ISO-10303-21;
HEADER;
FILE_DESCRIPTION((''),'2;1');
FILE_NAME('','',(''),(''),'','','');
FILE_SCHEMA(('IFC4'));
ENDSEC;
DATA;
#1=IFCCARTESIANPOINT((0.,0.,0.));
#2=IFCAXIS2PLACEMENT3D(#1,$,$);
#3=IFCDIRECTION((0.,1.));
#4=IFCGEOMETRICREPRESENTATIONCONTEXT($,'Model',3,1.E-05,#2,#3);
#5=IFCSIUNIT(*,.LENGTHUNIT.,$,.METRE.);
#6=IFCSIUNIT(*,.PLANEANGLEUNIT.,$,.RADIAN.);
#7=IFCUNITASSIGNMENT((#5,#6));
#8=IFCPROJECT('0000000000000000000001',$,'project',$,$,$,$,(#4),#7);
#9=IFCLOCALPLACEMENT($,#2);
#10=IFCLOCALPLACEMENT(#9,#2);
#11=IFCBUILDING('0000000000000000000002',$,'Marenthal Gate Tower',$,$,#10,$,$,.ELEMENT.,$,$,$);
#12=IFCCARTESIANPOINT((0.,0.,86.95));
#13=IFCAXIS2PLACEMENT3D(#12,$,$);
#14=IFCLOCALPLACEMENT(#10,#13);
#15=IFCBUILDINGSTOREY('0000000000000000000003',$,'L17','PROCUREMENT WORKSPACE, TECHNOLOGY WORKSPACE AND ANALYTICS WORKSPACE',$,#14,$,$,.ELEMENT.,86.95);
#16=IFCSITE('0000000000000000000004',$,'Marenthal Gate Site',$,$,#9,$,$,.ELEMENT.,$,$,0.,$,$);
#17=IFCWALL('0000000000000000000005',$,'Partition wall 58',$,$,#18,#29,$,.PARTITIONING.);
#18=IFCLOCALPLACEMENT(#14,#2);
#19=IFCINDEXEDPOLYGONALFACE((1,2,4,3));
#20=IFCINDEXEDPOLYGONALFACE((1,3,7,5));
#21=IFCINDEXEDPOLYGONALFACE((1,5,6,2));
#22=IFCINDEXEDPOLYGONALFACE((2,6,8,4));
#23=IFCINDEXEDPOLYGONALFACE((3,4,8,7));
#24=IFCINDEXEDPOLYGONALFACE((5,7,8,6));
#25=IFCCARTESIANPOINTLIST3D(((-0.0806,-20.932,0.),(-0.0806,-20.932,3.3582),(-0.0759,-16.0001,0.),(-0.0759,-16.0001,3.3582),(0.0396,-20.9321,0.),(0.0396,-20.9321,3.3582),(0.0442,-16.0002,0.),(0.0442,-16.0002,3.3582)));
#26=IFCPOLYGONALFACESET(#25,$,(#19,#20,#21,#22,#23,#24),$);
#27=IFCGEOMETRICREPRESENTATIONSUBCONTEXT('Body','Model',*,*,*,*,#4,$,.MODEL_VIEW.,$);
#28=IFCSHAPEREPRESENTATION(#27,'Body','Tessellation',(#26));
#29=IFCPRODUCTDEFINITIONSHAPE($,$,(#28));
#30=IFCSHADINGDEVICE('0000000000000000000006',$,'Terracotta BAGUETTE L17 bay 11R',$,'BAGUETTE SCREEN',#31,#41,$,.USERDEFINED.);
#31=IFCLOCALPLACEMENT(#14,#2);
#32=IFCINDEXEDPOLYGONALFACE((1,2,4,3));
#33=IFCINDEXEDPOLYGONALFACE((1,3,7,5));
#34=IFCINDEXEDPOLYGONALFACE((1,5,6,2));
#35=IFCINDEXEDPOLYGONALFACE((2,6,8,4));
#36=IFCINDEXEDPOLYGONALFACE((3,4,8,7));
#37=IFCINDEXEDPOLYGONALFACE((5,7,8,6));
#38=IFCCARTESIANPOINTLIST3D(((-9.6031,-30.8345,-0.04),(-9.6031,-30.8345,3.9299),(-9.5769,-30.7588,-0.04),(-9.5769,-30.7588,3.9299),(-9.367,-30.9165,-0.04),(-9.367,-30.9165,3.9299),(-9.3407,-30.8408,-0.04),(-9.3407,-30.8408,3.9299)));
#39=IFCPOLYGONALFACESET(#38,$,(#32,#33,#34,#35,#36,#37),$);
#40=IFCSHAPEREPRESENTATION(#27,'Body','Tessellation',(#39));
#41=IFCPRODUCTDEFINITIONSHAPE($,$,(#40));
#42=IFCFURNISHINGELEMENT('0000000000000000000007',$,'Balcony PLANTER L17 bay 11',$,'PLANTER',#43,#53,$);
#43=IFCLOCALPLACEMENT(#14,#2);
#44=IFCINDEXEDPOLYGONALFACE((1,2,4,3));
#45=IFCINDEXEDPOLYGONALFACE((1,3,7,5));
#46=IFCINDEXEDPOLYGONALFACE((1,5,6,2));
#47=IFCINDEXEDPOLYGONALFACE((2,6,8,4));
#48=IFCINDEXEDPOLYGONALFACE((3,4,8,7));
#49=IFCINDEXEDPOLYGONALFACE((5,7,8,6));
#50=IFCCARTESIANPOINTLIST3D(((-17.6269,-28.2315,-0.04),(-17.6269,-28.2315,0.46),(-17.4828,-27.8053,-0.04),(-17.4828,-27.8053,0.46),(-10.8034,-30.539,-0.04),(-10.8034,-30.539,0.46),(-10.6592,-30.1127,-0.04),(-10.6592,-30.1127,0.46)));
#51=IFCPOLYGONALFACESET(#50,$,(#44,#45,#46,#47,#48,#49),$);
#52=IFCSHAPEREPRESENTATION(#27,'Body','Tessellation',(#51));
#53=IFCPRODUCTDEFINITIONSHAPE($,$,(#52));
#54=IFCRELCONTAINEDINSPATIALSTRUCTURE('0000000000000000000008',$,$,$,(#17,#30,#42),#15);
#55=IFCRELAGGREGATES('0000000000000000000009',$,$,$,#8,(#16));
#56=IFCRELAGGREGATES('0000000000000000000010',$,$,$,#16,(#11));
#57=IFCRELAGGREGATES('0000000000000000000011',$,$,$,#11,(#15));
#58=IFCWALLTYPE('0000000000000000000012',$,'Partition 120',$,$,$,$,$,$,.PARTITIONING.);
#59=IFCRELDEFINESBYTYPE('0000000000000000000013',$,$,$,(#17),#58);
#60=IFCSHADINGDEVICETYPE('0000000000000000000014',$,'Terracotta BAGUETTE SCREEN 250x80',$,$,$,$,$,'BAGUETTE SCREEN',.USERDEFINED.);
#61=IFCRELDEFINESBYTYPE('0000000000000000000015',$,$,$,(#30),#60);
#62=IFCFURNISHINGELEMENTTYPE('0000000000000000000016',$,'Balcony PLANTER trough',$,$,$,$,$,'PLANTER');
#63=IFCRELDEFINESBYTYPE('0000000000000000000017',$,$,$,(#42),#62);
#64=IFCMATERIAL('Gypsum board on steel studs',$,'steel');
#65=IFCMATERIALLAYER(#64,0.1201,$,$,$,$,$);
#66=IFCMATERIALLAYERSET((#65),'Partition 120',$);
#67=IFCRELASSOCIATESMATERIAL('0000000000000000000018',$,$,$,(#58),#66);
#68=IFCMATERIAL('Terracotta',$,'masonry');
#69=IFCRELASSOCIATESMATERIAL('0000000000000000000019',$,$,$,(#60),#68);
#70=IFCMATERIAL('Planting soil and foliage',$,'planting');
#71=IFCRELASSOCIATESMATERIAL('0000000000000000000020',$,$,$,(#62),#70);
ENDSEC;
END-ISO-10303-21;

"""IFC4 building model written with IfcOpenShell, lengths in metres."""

from ifc_helpers import new_model, si_unit, direction, frame, frame_2d, origin, origin_2d, place, context, subcontext, project, spatial, rectangle, extrude, material, layer, layer_set, material_profile, profile_set, type_object, element, save


model = new_model("IFC4")

# Units and contexts
model_context = context("Model", 3, precision=1e-05, world=origin(), true_north=direction((0.0, 1.0)))
body_context = subcontext(model_context, "Body", "Model", "MODEL_VIEW")
ifc_project = project(units=[si_unit("LENGTHUNIT", "METRE"), si_unit("PLANEANGLEUNIT", "RADIAN")], contexts=[model_context])

# Site, building, storey
site_placement = place(None, origin())
site = spatial("IfcSite", under=ifc_project, at=site_placement, Name="Marenthal Gate Site", CompositionType="ELEMENT", RefElevation=0.0)
building_placement = place(site_placement, origin())
building = spatial("IfcBuilding", under=site, at=building_placement, Name="Marenthal Gate Tower", CompositionType="ELEMENT")
storey_placement = place(building_placement, frame((0.0, 0.0, 86.95)))
storey = spatial("IfcBuildingStorey", under=building, at=storey_placement, Name="L17", Description="PROCUREMENT WORKSPACE, TECHNOLOGY WORKSPACE AND ANALYTICS WORKSPACE", CompositionType="ELEMENT", Elevation=86.95)

# Wall
ifc_material_1 = material(Name="Gypsum board on steel studs", Category="steel")
ifc_layer_1 = layer(ifc_material_1, 0.1201)
ifc_layer_set_1 = layer_set([ifc_layer_1], Name="Partition 120")
wall_type = type_object("IfcWallType", Name="Partition 120", PredefinedType="PARTITIONING", material=ifc_layer_set_1)
wall_1_placement = place(storey_placement, frame((-0.0205, -20.9319, 0.0), z_axis=(0.0, 0.0, 1.0), x_axis=(0.000941, 1.0, 0.0)))
element("IfcWall", 1, at=wall_1_placement, inside=storey, type_object=wall_type, Name="Partition wall 58", PredefinedType="PARTITIONING", context=body_context, shape_type="SweptSolid", body=[
    extrude(rectangle(XDim=4.9319, YDim=0.1201, at=frame_2d((2.4658, 0.0))), origin(), (0.0, 0.0, 1.0), 3.3582),
])

# Shading device
ifc_material_2 = material(Name="Terracotta", Category="masonry")
ifc_material_profile_1 = material_profile(ifc_material_2, rectangle(XDim=0.25, YDim=0.0801, at=origin_2d()), Name="Terracotta baguette 250x80")
ifc_profile_set_1 = profile_set([ifc_material_profile_1], Name="Terracotta")
shading_device_type = type_object("IfcShadingDeviceType", Name="Terracotta BAGUETTE SCREEN 250x80", ElementType="BAGUETTE SCREEN", PredefinedType="USERDEFINED", material=ifc_profile_set_1)
shading_device_placement = place(storey_placement, frame((-9.4719, -30.8376, -0.04), z_axis=(0.0, 0.0, 1.0), x_axis=(0.944634, -0.328125, 0.0)))
element("IfcShadingDevice", 2, at=shading_device_placement, inside=storey, type_object=shading_device_type, Name="Terracotta BAGUETTE L17 bay 11R", ObjectType="BAGUETTE SCREEN", PredefinedType="USERDEFINED", context=body_context, shape_type="SweptSolid", body=[
    extrude(rectangle(XDim=0.25, YDim=0.0801, at=origin_2d()), origin(), (0.0, 0.0, 1.0), 3.97),
])

# Furnishing element
ifc_material_3 = material(Name="Planting soil and foliage", Category="planting")
furnishing_element_type = type_object("IfcFurnishingElementType", Name="Balcony PLANTER trough", ElementType="PLANTER", material=ifc_material_3)
furnishing_placement = place(storey_placement, frame((-14.1431, -29.1721, -0.04), z_axis=(0.0, 0.0, 1.0), x_axis=(0.947302, -0.320343, 0.0)))
element("IfcFurnishingElement", 3, at=furnishing_placement, inside=storey, type_object=furnishing_element_type, Name="Balcony PLANTER L17 bay 11", ObjectType="PLANTER", context=body_context, shape_type="SweptSolid", body=[
    extrude(rectangle(XDim=7.2031, YDim=0.45, at=origin_2d()), origin(), (0.0, 0.0, 1.0), 0.5),
])

save(model, "model.ifc")
